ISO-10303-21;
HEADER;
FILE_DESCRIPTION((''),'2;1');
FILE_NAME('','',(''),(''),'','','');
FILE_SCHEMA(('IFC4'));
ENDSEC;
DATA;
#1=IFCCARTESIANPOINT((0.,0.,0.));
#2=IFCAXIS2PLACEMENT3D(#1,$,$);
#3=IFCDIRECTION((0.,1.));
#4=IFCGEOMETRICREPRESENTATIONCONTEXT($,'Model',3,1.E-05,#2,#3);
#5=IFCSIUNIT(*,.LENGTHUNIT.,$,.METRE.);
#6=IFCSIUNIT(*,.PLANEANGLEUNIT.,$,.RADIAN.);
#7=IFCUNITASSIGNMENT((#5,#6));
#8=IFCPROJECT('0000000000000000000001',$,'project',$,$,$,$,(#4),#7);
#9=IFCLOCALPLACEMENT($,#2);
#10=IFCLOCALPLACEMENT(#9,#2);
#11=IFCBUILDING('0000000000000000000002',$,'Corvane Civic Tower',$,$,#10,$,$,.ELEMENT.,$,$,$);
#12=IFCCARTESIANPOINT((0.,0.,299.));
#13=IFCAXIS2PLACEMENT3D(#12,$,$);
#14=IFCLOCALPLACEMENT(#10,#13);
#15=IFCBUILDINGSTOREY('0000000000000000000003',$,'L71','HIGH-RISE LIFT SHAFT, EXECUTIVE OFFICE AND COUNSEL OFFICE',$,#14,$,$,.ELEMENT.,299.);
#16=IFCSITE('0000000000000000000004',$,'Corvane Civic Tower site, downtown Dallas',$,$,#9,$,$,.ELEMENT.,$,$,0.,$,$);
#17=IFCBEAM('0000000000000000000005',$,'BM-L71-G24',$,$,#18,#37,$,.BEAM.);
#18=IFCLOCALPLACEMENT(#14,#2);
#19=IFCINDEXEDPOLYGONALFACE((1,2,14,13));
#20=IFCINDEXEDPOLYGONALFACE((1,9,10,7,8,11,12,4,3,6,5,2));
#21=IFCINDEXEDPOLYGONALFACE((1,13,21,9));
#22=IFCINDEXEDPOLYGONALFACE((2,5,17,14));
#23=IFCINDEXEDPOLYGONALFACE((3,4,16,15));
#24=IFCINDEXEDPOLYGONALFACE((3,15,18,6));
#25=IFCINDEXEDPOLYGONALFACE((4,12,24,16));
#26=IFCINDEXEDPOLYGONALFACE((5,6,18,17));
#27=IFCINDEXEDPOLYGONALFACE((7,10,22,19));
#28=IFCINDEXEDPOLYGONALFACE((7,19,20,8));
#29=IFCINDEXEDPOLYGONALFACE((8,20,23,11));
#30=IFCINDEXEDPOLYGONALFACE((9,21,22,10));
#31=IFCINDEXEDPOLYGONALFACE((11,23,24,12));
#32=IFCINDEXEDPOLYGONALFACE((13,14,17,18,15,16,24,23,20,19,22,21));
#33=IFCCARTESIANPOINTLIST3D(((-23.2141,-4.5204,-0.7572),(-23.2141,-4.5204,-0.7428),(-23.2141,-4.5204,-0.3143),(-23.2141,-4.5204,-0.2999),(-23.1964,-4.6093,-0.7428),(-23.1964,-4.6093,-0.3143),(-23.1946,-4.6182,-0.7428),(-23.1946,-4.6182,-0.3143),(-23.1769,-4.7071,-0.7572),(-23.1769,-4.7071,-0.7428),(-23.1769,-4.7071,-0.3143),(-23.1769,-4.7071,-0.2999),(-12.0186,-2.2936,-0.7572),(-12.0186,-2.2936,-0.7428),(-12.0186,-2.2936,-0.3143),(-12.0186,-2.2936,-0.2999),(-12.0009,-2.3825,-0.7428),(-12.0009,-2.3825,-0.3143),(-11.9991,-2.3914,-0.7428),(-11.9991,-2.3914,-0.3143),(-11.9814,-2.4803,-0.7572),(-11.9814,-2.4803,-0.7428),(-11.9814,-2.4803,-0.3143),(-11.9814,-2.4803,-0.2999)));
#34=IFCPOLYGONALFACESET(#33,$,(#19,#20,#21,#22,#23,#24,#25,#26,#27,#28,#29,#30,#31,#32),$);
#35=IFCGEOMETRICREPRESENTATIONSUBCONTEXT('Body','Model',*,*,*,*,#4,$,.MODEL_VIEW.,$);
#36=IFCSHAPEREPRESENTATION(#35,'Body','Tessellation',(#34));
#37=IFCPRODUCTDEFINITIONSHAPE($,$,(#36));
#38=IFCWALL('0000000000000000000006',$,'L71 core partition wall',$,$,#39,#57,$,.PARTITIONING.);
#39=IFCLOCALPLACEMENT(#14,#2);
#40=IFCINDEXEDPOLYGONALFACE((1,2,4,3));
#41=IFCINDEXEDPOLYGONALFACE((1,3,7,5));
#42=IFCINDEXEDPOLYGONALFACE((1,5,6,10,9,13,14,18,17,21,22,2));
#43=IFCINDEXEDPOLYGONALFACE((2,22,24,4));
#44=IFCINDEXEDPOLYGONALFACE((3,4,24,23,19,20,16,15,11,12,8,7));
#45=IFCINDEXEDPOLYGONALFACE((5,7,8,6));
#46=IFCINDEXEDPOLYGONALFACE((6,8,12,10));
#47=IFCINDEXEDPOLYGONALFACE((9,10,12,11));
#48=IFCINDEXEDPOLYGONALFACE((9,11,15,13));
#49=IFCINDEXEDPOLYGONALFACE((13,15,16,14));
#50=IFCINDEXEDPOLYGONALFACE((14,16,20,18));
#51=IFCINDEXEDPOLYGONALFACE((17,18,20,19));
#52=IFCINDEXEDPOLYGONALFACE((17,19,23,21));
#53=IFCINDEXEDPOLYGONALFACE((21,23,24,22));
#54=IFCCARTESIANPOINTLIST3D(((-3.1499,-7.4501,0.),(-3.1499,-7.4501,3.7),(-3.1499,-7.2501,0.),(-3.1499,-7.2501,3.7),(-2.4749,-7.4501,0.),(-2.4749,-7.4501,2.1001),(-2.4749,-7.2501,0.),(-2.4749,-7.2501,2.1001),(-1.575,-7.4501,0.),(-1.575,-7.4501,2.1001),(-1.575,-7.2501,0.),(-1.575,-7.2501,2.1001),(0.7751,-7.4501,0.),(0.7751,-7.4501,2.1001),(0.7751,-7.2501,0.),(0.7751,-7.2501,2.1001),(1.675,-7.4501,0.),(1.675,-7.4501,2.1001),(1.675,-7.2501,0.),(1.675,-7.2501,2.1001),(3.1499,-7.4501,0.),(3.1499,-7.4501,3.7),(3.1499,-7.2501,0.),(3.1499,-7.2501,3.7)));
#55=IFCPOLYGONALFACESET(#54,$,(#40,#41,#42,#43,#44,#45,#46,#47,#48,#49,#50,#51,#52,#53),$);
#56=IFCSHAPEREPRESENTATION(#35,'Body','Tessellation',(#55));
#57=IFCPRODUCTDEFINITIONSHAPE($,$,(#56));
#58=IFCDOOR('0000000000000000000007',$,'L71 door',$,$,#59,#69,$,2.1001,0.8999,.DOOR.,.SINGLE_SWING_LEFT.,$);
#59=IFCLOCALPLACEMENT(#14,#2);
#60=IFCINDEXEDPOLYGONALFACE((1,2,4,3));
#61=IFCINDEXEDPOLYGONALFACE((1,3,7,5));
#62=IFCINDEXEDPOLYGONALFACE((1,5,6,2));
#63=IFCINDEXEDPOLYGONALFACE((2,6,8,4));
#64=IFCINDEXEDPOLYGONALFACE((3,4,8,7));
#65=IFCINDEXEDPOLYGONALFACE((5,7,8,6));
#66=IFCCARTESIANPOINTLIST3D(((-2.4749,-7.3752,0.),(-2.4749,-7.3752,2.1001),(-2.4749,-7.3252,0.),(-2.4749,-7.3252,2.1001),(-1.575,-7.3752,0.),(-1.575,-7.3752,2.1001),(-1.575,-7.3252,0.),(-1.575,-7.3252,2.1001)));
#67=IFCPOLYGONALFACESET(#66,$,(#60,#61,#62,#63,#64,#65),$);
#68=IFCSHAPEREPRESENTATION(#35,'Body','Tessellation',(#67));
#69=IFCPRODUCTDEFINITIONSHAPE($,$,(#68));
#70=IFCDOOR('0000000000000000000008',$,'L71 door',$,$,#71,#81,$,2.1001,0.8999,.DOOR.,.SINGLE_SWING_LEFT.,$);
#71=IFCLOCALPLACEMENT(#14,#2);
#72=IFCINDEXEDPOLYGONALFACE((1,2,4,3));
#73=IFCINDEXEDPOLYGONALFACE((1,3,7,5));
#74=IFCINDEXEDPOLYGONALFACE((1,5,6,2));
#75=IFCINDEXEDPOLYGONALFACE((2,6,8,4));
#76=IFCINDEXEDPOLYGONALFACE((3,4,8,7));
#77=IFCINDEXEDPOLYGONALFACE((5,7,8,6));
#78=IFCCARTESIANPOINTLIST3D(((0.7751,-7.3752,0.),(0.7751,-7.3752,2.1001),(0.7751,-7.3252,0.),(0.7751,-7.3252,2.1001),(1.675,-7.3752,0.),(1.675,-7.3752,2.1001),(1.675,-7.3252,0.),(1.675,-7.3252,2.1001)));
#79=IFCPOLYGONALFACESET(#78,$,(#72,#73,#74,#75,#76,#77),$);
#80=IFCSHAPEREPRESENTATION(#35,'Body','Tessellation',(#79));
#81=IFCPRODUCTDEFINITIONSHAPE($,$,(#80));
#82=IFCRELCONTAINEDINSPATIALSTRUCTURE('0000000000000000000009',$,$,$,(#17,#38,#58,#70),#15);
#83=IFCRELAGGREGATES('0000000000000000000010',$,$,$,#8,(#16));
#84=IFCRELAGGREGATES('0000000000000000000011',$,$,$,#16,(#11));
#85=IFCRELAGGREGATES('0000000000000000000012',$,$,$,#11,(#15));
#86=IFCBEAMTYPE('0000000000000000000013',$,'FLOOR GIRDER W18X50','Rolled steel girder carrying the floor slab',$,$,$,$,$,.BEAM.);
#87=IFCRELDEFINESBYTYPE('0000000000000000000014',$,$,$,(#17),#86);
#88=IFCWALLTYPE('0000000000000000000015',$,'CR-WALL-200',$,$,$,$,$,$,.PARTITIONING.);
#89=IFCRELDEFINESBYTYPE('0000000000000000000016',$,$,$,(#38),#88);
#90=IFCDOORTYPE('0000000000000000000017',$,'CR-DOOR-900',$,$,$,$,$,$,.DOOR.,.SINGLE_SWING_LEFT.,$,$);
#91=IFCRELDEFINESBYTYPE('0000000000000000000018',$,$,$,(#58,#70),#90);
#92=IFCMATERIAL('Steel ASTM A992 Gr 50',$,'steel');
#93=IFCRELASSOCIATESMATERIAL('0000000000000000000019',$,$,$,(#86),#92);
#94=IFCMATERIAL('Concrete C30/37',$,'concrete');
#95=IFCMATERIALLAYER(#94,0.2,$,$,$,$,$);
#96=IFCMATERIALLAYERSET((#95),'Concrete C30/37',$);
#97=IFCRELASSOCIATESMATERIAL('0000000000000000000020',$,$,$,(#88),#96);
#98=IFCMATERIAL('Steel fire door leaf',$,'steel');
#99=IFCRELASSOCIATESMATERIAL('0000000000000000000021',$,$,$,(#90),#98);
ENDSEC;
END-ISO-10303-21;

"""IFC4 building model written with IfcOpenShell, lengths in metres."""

from ifc_helpers import new_model, si_unit, direction, frame, frame_2d, origin, origin_2d, place, context, subcontext, project, spatial, rectangle, i_section, extrude, material, layer, layer_set, material_profile, profile_set, type_object, element, fill, save


model = new_model("IFC4")

# Units and contexts
model_context = context("Model", 3, precision=1e-05, world=origin(), true_north=direction((0.0, 1.0)))
body_context = subcontext(model_context, "Body", "Model", "MODEL_VIEW")
ifc_project = project(units=[si_unit("LENGTHUNIT", "METRE"), si_unit("PLANEANGLEUNIT", "RADIAN")], contexts=[model_context])

# Site, building, storey
site_placement = place(None, origin())
site = spatial("IfcSite", under=ifc_project, at=site_placement, Name="Corvane Civic Tower site, downtown Dallas", CompositionType="ELEMENT", RefElevation=0.0)
building_placement = place(site_placement, origin())
building = spatial("IfcBuilding", under=site, at=building_placement, Name="Corvane Civic Tower", CompositionType="ELEMENT")
storey_placement = place(building_placement, frame((0.0, 0.0, 299.0)))
storey = spatial("IfcBuildingStorey", under=building, at=storey_placement, Name="L71", Description="HIGH-RISE LIFT SHAFT, EXECUTIVE OFFICE AND COUNSEL OFFICE", CompositionType="ELEMENT", Elevation=299.0)

# Beam
ifc_material_1 = material(Name="Steel ASTM A992 Gr 50", Category="steel")
ifc_material_profile = material_profile(ifc_material_1, i_section(OverallWidth=0.1904, OverallDepth=0.4573, WebThickness=0.009, FlangeThickness=0.0144, at=origin_2d()), Name="W18X50")
ifc_profile_set = profile_set([ifc_material_profile], Name="Steel ASTM A992 Gr 50")
beam_type = type_object("IfcBeamType", Name="FLOOR GIRDER W18X50", Description="Rolled steel girder carrying the floor slab", PredefinedType="BEAM", material=ifc_profile_set)
beam_placement = place(storey_placement, frame((-12.0, -2.387, -0.5286), z_axis=(-0.980787, -0.19508, 0.0), x_axis=(0.19508, -0.980787, 0.0)))
element("IfcBeam", 1, at=beam_placement, inside=storey, type_object=beam_type, Name="BM-L71-G24", PredefinedType="BEAM", context=body_context, shape_type="SweptSolid", body=[
    extrude(i_section(OverallWidth=0.1904, OverallDepth=0.4573, WebThickness=0.009, FlangeThickness=0.0144, at=origin_2d()), origin(), (0.0, 0.0, 1.0), 11.4148),
])

# Wall, openings, doors
ifc_material_2 = material(Name="Concrete C30/37", Category="concrete")
ifc_layer_1 = layer(ifc_material_2, 0.2)
ifc_layer_set_1 = layer_set([ifc_layer_1], Name="Concrete C30/37")
wall_type_1 = type_object("IfcWallType", Name="CR-WALL-200", PredefinedType="PARTITIONING", material=ifc_layer_set_1)
wall_1_placement = place(storey_placement, frame((-3.1499, -7.3501, 0.0), z_axis=(0.0, 0.0, 1.0), x_axis=(1.0, 0.0, 0.0)))
wall_1 = element("IfcWall", 2, at=wall_1_placement, inside=storey, type_object=wall_type_1, Name="L71 core partition wall", PredefinedType="PARTITIONING", context=body_context, shape_type="SweptSolid", body=[
    extrude(rectangle(XDim=6.2998, YDim=0.2, at=frame_2d((3.1499, 0.0))), origin(), (0.0, 0.0, 1.0), 3.7),
])
opening_1_placement = place(wall_1_placement, frame((0.675, 0.0, 0.0)))
opening_1 = element("IfcOpeningElement", 3, at=opening_1_placement, cuts=wall_1, PredefinedType="OPENING", context=body_context, shape_type="SweptSolid", body=[
    extrude(rectangle(XDim=0.8999, YDim=2.1001, at=frame_2d((0.45, 1.05))), frame((0.0, 0.1099, 0.0), z_axis=(0.0, -1.0, 0.0), x_axis=(1.0, 0.0, 0.0)), (0.0, 0.0, 1.0), 0.22),
])
opening_2_placement = place(wall_1_placement, frame((3.925, 0.0, 0.0)))
opening_2 = element("IfcOpeningElement", 4, at=opening_2_placement, cuts=wall_1, PredefinedType="OPENING", context=body_context, shape_type="SweptSolid", body=[
    extrude(rectangle(XDim=0.8999, YDim=2.1001, at=frame_2d((0.45, 1.05))), frame((0.0, 0.1099, 0.0), z_axis=(0.0, -1.0, 0.0), x_axis=(1.0, 0.0, 0.0)), (0.0, 0.0, 1.0), 0.22),
])
ifc_material_3 = material(Name="Steel fire door leaf", Category="steel")
door_type_1 = type_object("IfcDoorType", Name="CR-DOOR-900", OperationType="SINGLE_SWING_LEFT", PredefinedType="DOOR", material=ifc_material_3)
door_1_placement = place(opening_1_placement, origin())
door_1 = element("IfcDoor", 5, at=door_1_placement, inside=storey, type_object=door_type_1, Name="L71 door", OperationType="SINGLE_SWING_LEFT", OverallHeight=2.1001, OverallWidth=0.8999, PredefinedType="DOOR", context=body_context, shape_type="SweptSolid", body=[
    extrude(rectangle(XDim=0.8999, YDim=2.1001, at=frame_2d((0.45, 1.05))), frame((0.0, 0.0249, 0.0), z_axis=(0.0, -1.0, 0.0), x_axis=(1.0, 0.0, 0.0)), (0.0, 0.0, 1.0), 0.05),
])
fill(opening_1, door_1)
door_2_placement = place(opening_2_placement, origin())
door_2 = element("IfcDoor", 6, at=door_2_placement, inside=storey, type_object=door_type_1, Name="L71 door", OperationType="SINGLE_SWING_LEFT", OverallHeight=2.1001, OverallWidth=0.8999, PredefinedType="DOOR", context=body_context, shape_type="SweptSolid", body=[
    extrude(rectangle(XDim=0.8999, YDim=2.1001, at=frame_2d((0.45, 1.05))), frame((0.0, 0.0249, 0.0), z_axis=(0.0, -1.0, 0.0), x_axis=(1.0, 0.0, 0.0)), (0.0, 0.0, 1.0), 0.05),
])
fill(opening_2, door_2)

save(model, "model.ifc")
